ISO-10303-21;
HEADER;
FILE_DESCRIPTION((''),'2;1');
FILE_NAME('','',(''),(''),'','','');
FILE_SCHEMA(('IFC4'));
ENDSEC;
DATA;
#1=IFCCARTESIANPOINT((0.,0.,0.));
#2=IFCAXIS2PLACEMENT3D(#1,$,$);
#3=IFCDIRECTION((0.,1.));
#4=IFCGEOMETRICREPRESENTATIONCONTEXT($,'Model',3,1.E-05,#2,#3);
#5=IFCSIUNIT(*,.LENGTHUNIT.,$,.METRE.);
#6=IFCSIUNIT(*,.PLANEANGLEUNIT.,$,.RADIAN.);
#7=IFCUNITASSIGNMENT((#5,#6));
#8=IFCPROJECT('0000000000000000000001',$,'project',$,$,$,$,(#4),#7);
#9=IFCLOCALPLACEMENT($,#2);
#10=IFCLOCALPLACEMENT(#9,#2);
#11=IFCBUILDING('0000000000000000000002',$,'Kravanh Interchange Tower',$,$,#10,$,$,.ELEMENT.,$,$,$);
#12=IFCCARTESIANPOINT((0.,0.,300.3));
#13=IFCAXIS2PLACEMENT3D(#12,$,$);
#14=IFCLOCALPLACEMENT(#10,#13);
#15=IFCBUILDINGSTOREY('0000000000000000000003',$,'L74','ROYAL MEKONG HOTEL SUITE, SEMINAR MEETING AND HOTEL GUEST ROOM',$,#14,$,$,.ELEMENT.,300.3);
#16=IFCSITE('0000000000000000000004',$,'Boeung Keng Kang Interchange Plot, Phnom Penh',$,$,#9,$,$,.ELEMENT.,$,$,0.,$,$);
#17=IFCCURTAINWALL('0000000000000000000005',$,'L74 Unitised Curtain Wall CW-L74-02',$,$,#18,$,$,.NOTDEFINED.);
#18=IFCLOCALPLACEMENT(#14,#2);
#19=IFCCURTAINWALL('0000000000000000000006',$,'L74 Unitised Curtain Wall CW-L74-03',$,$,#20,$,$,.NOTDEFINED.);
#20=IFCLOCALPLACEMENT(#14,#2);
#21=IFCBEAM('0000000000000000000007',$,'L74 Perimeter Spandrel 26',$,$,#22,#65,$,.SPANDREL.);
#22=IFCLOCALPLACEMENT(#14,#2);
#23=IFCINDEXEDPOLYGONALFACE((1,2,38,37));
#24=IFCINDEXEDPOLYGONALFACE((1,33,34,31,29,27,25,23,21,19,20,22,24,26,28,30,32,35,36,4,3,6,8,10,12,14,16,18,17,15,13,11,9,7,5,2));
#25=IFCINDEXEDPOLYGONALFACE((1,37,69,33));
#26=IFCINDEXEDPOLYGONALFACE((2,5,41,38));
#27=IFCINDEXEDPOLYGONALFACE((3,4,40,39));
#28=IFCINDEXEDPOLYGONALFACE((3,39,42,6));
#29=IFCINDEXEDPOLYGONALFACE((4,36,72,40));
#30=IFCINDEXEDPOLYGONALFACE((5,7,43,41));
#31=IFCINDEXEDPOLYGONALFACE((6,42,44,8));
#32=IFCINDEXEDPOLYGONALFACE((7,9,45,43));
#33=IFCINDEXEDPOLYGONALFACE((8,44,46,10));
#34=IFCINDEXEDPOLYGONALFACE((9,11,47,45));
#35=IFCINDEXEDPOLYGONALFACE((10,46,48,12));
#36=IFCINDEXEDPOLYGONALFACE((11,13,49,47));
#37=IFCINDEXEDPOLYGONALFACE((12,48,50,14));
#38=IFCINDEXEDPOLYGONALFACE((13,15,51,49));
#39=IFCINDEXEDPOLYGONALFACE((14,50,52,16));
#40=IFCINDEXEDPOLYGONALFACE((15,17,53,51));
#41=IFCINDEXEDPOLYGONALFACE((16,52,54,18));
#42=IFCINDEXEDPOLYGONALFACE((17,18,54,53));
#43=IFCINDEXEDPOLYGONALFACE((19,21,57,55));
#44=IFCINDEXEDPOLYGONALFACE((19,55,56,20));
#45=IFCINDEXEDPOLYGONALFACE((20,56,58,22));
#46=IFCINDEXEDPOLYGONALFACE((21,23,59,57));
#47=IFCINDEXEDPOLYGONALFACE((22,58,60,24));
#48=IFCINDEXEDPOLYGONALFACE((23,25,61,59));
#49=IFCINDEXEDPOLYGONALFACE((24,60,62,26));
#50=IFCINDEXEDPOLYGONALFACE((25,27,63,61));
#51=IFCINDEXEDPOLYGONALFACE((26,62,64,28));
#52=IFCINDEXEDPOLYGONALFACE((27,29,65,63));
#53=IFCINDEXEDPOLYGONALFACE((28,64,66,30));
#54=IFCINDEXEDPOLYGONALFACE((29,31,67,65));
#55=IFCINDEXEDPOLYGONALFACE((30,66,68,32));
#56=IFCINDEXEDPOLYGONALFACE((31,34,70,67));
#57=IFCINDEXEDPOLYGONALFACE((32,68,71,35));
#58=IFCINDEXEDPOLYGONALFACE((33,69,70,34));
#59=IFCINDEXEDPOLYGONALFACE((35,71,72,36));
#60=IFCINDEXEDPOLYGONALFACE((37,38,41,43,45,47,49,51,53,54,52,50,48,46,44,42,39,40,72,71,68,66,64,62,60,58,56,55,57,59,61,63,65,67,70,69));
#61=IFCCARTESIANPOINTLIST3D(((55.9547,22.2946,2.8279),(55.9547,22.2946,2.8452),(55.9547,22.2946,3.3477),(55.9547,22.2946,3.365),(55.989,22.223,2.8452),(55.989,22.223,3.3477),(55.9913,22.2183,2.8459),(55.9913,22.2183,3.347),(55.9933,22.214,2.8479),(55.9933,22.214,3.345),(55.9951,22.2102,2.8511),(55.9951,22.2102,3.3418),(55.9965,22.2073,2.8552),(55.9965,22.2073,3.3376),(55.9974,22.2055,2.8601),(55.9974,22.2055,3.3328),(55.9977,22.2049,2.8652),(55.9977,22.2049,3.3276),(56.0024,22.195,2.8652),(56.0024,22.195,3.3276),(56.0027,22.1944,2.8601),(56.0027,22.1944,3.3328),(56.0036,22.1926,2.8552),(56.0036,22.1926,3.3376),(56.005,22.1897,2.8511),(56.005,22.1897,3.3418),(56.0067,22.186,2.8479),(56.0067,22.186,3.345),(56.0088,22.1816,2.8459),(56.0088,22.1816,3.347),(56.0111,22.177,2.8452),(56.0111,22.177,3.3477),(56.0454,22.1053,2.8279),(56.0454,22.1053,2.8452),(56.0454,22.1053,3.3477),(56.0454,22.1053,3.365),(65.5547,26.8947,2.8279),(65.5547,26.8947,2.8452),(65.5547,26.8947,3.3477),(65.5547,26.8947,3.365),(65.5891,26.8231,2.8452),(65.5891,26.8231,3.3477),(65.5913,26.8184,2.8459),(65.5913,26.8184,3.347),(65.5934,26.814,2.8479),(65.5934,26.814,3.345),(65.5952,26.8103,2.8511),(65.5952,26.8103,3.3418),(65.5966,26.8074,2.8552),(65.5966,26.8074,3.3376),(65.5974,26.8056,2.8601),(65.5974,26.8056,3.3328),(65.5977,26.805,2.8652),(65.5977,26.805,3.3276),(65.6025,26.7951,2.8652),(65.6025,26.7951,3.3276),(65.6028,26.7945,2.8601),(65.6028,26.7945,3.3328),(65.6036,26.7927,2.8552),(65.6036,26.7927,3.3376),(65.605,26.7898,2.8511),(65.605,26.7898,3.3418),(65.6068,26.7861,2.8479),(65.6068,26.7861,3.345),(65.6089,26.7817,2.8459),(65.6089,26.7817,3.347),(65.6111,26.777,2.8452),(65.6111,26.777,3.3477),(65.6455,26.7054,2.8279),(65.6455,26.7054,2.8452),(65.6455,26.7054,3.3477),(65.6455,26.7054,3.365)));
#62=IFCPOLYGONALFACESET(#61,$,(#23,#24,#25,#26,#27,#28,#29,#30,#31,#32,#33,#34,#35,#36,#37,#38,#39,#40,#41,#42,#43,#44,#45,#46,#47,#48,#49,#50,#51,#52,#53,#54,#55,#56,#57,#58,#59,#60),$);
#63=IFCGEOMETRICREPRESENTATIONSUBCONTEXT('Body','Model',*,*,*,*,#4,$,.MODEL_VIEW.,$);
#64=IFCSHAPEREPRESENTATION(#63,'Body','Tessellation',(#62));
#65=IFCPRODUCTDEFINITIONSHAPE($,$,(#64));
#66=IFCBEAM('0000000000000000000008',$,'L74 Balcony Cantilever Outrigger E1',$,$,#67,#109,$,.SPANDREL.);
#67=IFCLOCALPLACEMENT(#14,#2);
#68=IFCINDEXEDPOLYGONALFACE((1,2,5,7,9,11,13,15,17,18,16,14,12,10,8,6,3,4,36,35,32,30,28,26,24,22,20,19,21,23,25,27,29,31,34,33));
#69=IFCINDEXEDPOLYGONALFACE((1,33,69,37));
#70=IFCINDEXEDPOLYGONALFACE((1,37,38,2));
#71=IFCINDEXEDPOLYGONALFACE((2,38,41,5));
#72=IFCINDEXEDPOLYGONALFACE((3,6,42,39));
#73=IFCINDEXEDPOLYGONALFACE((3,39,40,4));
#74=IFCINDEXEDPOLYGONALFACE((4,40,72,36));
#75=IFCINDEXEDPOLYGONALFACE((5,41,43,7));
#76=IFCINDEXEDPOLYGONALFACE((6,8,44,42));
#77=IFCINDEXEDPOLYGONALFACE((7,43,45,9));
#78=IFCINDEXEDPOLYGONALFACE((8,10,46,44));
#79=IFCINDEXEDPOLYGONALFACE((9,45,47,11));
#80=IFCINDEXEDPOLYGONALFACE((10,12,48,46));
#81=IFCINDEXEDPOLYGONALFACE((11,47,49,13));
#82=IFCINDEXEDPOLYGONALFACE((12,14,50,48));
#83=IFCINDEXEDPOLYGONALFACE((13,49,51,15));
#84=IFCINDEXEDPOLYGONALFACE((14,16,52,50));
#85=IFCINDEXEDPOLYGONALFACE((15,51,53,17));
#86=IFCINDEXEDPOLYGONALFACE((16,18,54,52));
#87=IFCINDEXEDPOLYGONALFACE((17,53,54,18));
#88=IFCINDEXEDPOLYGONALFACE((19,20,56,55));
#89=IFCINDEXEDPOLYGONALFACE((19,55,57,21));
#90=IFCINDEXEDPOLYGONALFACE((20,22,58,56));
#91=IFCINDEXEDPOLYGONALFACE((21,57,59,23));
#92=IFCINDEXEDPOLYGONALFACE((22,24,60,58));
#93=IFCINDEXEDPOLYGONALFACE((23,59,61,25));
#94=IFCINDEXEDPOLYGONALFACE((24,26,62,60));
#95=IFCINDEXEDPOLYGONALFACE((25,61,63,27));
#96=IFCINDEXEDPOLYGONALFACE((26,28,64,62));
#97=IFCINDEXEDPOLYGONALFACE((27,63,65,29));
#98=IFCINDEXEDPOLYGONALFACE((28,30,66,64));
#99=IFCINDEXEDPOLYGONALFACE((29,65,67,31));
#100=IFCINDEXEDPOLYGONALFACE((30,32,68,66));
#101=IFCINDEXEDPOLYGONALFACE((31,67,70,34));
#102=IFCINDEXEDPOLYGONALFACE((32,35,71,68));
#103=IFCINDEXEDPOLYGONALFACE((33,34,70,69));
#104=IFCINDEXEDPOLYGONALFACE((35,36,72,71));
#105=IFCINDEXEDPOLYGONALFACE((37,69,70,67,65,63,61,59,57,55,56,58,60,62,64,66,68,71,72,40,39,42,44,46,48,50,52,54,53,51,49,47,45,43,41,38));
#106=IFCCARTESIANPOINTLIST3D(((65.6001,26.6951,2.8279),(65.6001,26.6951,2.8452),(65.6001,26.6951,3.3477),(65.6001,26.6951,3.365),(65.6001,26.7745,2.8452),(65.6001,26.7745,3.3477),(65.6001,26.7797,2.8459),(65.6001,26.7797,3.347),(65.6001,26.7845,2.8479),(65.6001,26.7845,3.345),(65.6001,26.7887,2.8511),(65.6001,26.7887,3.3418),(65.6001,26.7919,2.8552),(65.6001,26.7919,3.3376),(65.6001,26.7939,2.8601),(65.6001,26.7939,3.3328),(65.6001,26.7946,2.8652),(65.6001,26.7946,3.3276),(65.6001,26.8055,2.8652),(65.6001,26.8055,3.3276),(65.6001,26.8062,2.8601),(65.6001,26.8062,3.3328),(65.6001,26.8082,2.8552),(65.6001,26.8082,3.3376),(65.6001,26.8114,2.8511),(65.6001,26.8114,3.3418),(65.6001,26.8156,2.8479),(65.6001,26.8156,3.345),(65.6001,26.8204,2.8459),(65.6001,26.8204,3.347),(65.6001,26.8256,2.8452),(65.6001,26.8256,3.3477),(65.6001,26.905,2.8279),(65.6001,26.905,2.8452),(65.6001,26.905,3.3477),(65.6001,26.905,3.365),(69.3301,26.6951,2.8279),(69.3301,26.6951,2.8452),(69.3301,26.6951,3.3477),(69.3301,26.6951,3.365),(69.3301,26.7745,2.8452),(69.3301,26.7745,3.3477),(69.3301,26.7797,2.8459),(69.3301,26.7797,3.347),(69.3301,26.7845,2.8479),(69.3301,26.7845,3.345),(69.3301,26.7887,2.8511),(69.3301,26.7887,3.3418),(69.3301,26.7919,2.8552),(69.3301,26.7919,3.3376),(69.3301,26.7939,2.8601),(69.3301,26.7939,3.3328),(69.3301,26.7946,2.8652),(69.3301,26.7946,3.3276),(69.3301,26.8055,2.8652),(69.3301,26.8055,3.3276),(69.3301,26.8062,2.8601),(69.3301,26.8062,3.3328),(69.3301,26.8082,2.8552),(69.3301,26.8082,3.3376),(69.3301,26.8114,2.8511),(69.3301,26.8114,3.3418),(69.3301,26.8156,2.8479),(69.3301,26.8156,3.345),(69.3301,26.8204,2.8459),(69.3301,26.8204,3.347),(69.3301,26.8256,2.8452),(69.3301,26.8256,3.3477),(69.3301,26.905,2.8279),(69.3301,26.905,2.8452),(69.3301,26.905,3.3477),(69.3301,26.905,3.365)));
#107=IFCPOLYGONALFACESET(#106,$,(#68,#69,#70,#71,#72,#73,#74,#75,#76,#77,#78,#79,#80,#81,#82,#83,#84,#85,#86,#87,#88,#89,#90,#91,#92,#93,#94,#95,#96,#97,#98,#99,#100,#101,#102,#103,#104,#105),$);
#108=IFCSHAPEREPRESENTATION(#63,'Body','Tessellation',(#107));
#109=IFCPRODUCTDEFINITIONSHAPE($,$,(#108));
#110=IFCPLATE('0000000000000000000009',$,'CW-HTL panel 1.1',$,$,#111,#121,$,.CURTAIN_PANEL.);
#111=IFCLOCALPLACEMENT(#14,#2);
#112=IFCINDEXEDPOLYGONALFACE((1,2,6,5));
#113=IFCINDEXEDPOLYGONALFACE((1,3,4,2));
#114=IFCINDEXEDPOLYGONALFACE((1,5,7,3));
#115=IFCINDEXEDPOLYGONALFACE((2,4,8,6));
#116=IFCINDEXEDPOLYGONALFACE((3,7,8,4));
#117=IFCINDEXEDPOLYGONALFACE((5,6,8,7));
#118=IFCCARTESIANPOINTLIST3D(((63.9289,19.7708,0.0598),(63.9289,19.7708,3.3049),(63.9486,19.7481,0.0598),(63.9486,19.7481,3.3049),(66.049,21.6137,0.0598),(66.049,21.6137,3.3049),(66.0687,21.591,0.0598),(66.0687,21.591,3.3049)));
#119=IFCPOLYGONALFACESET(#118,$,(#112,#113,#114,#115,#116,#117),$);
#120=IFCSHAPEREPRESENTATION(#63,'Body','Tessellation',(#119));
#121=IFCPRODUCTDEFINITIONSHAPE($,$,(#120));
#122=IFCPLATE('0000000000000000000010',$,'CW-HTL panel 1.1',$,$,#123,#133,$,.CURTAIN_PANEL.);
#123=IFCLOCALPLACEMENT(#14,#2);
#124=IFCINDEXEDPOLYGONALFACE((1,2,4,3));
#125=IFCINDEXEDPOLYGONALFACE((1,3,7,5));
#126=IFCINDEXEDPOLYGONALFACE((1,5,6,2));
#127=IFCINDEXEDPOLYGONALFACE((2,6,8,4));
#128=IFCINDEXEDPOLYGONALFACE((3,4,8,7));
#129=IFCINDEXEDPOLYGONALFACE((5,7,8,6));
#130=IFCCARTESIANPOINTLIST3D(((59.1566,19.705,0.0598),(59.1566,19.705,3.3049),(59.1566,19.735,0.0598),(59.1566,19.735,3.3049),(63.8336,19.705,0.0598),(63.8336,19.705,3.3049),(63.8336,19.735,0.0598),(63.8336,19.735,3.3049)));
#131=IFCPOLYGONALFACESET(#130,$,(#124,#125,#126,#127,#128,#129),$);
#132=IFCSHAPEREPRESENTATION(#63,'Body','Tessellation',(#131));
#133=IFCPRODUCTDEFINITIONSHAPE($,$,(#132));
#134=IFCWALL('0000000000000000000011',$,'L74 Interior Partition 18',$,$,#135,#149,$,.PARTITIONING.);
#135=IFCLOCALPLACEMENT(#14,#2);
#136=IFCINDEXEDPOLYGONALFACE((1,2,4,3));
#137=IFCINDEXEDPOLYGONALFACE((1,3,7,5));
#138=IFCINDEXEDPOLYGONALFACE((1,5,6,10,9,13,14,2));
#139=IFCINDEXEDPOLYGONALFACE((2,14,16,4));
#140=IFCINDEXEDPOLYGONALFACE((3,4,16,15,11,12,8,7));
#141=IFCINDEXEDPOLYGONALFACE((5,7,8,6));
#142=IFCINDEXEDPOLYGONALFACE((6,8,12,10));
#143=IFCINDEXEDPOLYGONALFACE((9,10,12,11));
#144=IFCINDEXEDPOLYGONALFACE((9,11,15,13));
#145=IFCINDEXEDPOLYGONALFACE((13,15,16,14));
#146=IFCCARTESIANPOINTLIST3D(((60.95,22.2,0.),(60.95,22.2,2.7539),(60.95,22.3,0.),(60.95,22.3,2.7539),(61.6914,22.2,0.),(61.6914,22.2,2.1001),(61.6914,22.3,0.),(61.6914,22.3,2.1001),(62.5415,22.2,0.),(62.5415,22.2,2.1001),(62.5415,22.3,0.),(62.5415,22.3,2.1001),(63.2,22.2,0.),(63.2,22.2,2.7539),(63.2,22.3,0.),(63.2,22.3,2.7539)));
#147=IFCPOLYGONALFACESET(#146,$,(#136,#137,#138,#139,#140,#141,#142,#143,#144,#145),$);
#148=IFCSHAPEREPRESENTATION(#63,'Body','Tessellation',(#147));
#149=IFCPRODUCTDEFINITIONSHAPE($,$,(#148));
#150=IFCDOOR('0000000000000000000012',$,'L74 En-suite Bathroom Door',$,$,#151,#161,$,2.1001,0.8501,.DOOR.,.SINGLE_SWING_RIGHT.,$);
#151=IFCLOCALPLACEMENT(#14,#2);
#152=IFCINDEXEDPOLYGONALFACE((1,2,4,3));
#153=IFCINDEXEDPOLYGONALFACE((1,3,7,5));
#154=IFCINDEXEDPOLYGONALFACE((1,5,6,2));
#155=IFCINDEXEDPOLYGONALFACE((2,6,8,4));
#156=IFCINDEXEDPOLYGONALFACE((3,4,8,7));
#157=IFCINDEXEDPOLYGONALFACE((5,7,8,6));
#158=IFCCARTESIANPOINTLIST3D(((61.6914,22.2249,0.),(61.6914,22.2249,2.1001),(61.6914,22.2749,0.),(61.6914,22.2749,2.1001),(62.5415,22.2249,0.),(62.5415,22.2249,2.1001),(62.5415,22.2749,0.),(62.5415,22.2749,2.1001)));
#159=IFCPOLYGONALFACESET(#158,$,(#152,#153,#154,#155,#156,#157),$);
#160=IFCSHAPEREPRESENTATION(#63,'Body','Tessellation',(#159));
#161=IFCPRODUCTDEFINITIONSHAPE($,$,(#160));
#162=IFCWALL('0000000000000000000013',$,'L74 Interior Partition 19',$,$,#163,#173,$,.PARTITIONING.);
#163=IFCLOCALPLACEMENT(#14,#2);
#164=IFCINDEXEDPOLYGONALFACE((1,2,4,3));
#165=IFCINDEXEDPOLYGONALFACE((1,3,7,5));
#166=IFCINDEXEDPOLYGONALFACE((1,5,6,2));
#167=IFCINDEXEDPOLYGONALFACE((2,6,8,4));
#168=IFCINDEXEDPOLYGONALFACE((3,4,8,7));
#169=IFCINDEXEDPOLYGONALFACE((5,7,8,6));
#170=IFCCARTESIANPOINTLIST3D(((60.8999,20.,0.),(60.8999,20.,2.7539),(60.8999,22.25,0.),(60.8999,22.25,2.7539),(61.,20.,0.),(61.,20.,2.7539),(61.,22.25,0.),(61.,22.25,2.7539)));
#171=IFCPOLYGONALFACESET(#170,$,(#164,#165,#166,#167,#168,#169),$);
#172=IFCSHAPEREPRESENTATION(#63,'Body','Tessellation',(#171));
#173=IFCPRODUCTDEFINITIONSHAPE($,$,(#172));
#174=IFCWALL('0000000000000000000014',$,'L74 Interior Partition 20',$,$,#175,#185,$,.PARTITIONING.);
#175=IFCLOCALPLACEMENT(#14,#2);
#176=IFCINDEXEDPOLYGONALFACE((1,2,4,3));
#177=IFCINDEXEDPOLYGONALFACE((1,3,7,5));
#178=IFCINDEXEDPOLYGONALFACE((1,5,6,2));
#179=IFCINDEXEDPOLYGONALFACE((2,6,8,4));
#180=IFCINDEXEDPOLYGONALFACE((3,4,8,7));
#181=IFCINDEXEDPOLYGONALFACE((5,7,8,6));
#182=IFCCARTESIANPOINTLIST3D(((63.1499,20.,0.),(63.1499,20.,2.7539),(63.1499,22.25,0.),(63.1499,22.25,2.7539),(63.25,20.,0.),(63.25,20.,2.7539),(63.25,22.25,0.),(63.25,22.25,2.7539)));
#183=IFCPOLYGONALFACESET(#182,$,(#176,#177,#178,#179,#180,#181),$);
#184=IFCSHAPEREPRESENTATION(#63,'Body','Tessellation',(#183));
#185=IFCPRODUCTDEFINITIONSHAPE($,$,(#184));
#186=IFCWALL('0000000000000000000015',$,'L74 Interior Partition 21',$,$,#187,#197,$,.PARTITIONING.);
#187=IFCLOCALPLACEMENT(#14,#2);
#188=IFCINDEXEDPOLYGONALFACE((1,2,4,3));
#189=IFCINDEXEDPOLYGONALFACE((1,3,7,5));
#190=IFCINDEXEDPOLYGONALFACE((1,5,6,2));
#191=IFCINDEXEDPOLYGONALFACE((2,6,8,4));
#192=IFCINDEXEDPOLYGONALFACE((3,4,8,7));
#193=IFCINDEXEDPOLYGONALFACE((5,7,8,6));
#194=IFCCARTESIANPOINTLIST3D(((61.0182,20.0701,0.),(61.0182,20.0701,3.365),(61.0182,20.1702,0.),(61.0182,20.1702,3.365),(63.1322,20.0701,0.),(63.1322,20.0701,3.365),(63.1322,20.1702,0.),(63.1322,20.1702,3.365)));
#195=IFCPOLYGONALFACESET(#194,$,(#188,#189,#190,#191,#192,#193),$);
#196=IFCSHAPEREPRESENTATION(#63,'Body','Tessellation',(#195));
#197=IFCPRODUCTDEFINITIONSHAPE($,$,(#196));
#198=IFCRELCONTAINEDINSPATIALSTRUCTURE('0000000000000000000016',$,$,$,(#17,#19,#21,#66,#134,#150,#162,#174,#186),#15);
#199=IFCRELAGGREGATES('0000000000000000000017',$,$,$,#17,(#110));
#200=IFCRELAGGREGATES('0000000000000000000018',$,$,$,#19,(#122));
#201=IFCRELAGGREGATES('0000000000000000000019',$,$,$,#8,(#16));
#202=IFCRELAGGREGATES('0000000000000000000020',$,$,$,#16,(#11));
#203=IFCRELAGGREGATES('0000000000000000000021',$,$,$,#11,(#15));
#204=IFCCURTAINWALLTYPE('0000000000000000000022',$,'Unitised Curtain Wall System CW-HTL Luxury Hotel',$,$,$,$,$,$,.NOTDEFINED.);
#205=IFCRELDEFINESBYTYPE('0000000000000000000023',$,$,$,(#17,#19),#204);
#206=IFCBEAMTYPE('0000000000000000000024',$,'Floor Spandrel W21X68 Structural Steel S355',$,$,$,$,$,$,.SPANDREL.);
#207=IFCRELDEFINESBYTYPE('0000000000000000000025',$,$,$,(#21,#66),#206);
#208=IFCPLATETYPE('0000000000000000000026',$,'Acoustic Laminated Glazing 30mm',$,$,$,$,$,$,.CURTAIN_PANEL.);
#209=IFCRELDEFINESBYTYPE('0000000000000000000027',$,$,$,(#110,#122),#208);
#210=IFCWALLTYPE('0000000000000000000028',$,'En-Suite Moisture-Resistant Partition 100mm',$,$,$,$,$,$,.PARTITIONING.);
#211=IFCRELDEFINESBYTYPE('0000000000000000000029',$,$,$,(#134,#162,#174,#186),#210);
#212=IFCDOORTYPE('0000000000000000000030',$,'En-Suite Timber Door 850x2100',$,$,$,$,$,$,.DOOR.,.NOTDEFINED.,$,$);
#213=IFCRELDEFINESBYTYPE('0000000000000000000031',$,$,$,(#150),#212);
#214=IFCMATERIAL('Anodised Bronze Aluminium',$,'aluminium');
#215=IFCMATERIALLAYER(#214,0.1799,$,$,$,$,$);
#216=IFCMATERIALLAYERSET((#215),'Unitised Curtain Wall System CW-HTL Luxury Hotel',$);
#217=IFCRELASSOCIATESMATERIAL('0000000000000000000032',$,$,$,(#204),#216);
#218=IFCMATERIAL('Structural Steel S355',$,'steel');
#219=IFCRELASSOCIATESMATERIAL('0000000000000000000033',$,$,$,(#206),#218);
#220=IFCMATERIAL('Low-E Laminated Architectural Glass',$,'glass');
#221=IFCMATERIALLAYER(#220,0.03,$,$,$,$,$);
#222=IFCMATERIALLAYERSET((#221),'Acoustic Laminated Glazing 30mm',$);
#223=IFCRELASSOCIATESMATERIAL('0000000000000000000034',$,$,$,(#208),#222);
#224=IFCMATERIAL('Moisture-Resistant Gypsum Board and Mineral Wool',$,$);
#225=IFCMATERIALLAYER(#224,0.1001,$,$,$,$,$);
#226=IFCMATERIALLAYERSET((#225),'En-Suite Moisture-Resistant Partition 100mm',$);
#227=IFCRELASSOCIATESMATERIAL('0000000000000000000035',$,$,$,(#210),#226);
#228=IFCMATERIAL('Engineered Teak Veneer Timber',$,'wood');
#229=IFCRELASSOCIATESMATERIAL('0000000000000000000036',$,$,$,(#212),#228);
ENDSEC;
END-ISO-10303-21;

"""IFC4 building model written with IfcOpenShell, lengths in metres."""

from ifc_helpers import new_model, si_unit, direction, frame, frame_2d, origin, origin_2d, place, context, subcontext, project, spatial, rectangle, i_section, extrude, material, layer, layer_set, material_profile, profile_set, type_object, element, fill, aggregate, save


model = new_model("IFC4")

# Units and contexts
model_context = context("Model", 3, precision=1e-05, world=origin(), true_north=direction((0.0, 1.0)))
body_context = subcontext(model_context, "Body", "Model", "MODEL_VIEW")
ifc_project = project(units=[si_unit("LENGTHUNIT", "METRE"), si_unit("PLANEANGLEUNIT", "RADIAN")], contexts=[model_context])

# Site, building, storey
site_placement = place(None, origin())
site = spatial("IfcSite", under=ifc_project, at=site_placement, Name="Boeung Keng Kang Interchange Plot, Phnom Penh", CompositionType="ELEMENT", RefElevation=0.0)
building_placement = place(site_placement, origin())
building = spatial("IfcBuilding", under=site, at=building_placement, Name="Kravanh Interchange Tower", CompositionType="ELEMENT")
storey_placement = place(building_placement, frame((0.0, 0.0, 300.3)))
storey = spatial("IfcBuildingStorey", under=building, at=storey_placement, Name="L74", Description="ROYAL MEKONG HOTEL SUITE, SEMINAR MEETING AND HOTEL GUEST ROOM", CompositionType="ELEMENT", Elevation=300.3)

# Curtain walls
ifc_material_1 = material(Name="Anodised Bronze Aluminium", Category="aluminium")
ifc_layer_1 = layer(ifc_material_1, 0.1799)
ifc_layer_set_1 = layer_set([ifc_layer_1], Name="Unitised Curtain Wall System CW-HTL Luxury Hotel")
curtain_wall_type = type_object("IfcCurtainWallType", Name="Unitised Curtain Wall System CW-HTL Luxury Hotel", PredefinedType="NOTDEFINED", material=ifc_layer_set_1)
curtain_wall_1_placement = place(storey_placement, origin())
curtain_wall_1 = element("IfcCurtainWall", 1, at=curtain_wall_1_placement, inside=storey, type_object=curtain_wall_type, Name="L74 Unitised Curtain Wall CW-L74-02", PredefinedType="NOTDEFINED")
curtain_wall_2_placement = place(storey_placement, origin())
curtain_wall_2 = element("IfcCurtainWall", 2, at=curtain_wall_2_placement, inside=storey, type_object=curtain_wall_type, Name="L74 Unitised Curtain Wall CW-L74-03", PredefinedType="NOTDEFINED")

# Beams
ifc_material_2 = material(Name="Structural Steel S355", Category="steel")
ifc_material_profile_1 = material_profile(ifc_material_2, i_section(OverallWidth=0.21, OverallDepth=0.5371, WebThickness=0.011, FlangeThickness=0.0173, FilletRadius=0.02, at=origin_2d()), Name="W21X68")
ifc_profile_set_1 = profile_set([ifc_material_profile_1], Name="Structural Steel S355")
beam_type_1 = type_object("IfcBeamType", Name="Floor Spandrel W21X68 Structural Steel S355", PredefinedType="SPANDREL", material=ifc_profile_set_1)
beam_1_placement = place(storey_placement, frame((65.6001, 26.8, 3.0964), z_axis=(-0.901814, -0.432124, 0.0), x_axis=(0.432124, -0.901814, 0.0)))
element("IfcBeam", 3, at=beam_1_placement, inside=storey, type_object=beam_type_1, Name="L74 Perimeter Spandrel 26", PredefinedType="SPANDREL", context=body_context, shape_type="SweptSolid", body=[
    extrude(i_section(OverallWidth=0.21, OverallDepth=0.5371, WebThickness=0.011, FlangeThickness=0.0173, FilletRadius=0.02, at=origin_2d()), origin(), (0.0, 0.0, 1.0), 10.6453),
])
beam_2_placement = place(storey_placement, frame((65.6001, 26.8, 3.0964), z_axis=(1.0, 0.0, 0.0), x_axis=(0.0, 1.0, 0.0)))
element("IfcBeam", 4, at=beam_2_placement, inside=storey, type_object=beam_type_1, Name="L74 Balcony Cantilever Outrigger E1", PredefinedType="SPANDREL", context=body_context, shape_type="SweptSolid", body=[
    extrude(i_section(OverallWidth=0.21, OverallDepth=0.5371, WebThickness=0.011, FlangeThickness=0.0173, FilletRadius=0.02, at=origin_2d()), origin(), (0.0, 0.0, 1.0), 3.73),
])

# Plates
ifc_material_3 = material(Name="Low-E Laminated Architectural Glass", Category="glass")
ifc_layer_2 = layer(ifc_material_3, 0.03)
ifc_layer_set_2 = layer_set([ifc_layer_2], Name="Acoustic Laminated Glazing 30mm")
plate_type = type_object("IfcPlateType", Name="Acoustic Laminated Glazing 30mm", PredefinedType="CURTAIN_PANEL", material=ifc_layer_set_2)
plate_1_placement = place(storey_placement, frame((64.9988, 20.6809, 0.0598), z_axis=(0.0, 0.0, 1.0), x_axis=(-0.754717, -0.65605, 0.0)))
plate_1 = element("IfcPlate", 5, at=plate_1_placement, type_object=plate_type, Name="CW-HTL panel 1.1", PredefinedType="CURTAIN_PANEL", context=body_context, shape_type="SweptSolid", body=[
    extrude(rectangle(XDim=2.8091, YDim=0.03, at=origin_2d()), origin(), (0.0, 0.0, 1.0), 3.2451),
])
aggregate(curtain_wall_1, [plate_1])
plate_2_placement = place(storey_placement, frame((61.4951, 19.72, 0.0598), z_axis=(0.0, 0.0, 1.0), x_axis=(-1.0, 0.0, 0.0)))
plate_2 = element("IfcPlate", 6, at=plate_2_placement, type_object=plate_type, Name="CW-HTL panel 1.1", PredefinedType="CURTAIN_PANEL", context=body_context, shape_type="SweptSolid", body=[
    extrude(rectangle(XDim=4.677, YDim=0.03, at=origin_2d()), origin(), (0.0, 0.0, 1.0), 3.2451),
])
aggregate(curtain_wall_2, [plate_2])

# Wall, opening, door
ifc_material_4 = material(Name="Moisture-Resistant Gypsum Board and Mineral Wool")
ifc_layer_3 = layer(ifc_material_4, 0.1001)
ifc_layer_set_3 = layer_set([ifc_layer_3], Name="En-Suite Moisture-Resistant Partition 100mm")
wall_type = type_object("IfcWallType", Name="En-Suite Moisture-Resistant Partition 100mm", PredefinedType="PARTITIONING", material=ifc_layer_set_3)
wall_1_placement = place(storey_placement, frame((60.95, 22.25, 0.0), z_axis=(0.0, 0.0, 1.0), x_axis=(1.0, 0.0, 0.0)))
wall_1 = element("IfcWall", 7, at=wall_1_placement, inside=storey, type_object=wall_type, Name="L74 Interior Partition 18", PredefinedType="PARTITIONING", context=body_context, shape_type="SweptSolid", body=[
    extrude(rectangle(XDim=2.25, YDim=0.1001, at=frame_2d((1.125, 0.0))), origin(), (0.0, 0.0, 1.0), 2.7539),
])
opening_placement = place(wall_1_placement, frame((0.7415, 0.0, 0.0)))
opening = element("IfcOpeningElement", 8, at=opening_placement, cuts=wall_1, PredefinedType="OPENING", context=body_context, shape_type="SweptSolid", body=[
    extrude(rectangle(XDim=0.8501, YDim=2.1001, at=frame_2d((0.425, 1.05))), frame((0.0, 0.0601, 0.0), z_axis=(0.0, -1.0, 0.0), x_axis=(1.0, 0.0, 0.0)), (0.0, 0.0, 1.0), 0.1201),
])
ifc_material_5 = material(Name="Engineered Teak Veneer Timber", Category="wood")
door_type = type_object("IfcDoorType", Name="En-Suite Timber Door 850x2100", OperationType="NOTDEFINED", PredefinedType="DOOR", material=ifc_material_5)
door_placement = place(opening_placement, origin())
door = element("IfcDoor", 9, at=door_placement, inside=storey, type_object=door_type, Name="L74 En-suite Bathroom Door", OperationType="SINGLE_SWING_RIGHT", OverallHeight=2.1001, OverallWidth=0.8501, PredefinedType="DOOR", context=body_context, shape_type="SweptSolid", body=[
    extrude(rectangle(XDim=0.8501, YDim=2.1001, at=frame_2d((0.425, 1.05))), frame((0.0, 0.0249, 0.0), z_axis=(0.0, -1.0, 0.0), x_axis=(1.0, 0.0, 0.0)), (0.0, 0.0, 1.0), 0.05),
])
fill(opening, door)

# Walls
for number, where, z_axis, x_axis, name in (
    (10, (60.95, 20.0, 0.0), (0.0, 0.0, 1.0), (0.0, 1.0, 0.0), "L74 Interior Partition 19"),
    (11, (63.2, 20.0, 0.0), (0.0, 0.0, 1.0), (0.0, 1.0, 0.0), "L74 Interior Partition 20"),
):
    element("IfcWall", number, at=place(storey_placement, frame(where, z_axis=z_axis, x_axis=x_axis)), inside=storey, type_object=wall_type, Name=name, PredefinedType="PARTITIONING", context=body_context, shape_type="SweptSolid", body=[
        extrude(rectangle(XDim=2.25, YDim=0.1001, at=frame_2d((1.125, 0.0))), origin(), (0.0, 0.0, 1.0), 2.7539),
    ])
wall_2_placement = place(storey_placement, frame((61.0181, 20.1201, 0.0), z_axis=(0.0, 0.0, 1.0), x_axis=(1.0, 0.0, 0.0)))
element("IfcWall", 12, at=wall_2_placement, inside=storey, type_object=wall_type, Name="L74 Interior Partition 21", PredefinedType="PARTITIONING", context=body_context, shape_type="SweptSolid", body=[
    extrude(rectangle(XDim=2.114, YDim=0.1001, at=frame_2d((1.0571, 0.0))), origin(), (0.0, 0.0, 1.0), 3.365),
])

save(model, "model.ifc")
